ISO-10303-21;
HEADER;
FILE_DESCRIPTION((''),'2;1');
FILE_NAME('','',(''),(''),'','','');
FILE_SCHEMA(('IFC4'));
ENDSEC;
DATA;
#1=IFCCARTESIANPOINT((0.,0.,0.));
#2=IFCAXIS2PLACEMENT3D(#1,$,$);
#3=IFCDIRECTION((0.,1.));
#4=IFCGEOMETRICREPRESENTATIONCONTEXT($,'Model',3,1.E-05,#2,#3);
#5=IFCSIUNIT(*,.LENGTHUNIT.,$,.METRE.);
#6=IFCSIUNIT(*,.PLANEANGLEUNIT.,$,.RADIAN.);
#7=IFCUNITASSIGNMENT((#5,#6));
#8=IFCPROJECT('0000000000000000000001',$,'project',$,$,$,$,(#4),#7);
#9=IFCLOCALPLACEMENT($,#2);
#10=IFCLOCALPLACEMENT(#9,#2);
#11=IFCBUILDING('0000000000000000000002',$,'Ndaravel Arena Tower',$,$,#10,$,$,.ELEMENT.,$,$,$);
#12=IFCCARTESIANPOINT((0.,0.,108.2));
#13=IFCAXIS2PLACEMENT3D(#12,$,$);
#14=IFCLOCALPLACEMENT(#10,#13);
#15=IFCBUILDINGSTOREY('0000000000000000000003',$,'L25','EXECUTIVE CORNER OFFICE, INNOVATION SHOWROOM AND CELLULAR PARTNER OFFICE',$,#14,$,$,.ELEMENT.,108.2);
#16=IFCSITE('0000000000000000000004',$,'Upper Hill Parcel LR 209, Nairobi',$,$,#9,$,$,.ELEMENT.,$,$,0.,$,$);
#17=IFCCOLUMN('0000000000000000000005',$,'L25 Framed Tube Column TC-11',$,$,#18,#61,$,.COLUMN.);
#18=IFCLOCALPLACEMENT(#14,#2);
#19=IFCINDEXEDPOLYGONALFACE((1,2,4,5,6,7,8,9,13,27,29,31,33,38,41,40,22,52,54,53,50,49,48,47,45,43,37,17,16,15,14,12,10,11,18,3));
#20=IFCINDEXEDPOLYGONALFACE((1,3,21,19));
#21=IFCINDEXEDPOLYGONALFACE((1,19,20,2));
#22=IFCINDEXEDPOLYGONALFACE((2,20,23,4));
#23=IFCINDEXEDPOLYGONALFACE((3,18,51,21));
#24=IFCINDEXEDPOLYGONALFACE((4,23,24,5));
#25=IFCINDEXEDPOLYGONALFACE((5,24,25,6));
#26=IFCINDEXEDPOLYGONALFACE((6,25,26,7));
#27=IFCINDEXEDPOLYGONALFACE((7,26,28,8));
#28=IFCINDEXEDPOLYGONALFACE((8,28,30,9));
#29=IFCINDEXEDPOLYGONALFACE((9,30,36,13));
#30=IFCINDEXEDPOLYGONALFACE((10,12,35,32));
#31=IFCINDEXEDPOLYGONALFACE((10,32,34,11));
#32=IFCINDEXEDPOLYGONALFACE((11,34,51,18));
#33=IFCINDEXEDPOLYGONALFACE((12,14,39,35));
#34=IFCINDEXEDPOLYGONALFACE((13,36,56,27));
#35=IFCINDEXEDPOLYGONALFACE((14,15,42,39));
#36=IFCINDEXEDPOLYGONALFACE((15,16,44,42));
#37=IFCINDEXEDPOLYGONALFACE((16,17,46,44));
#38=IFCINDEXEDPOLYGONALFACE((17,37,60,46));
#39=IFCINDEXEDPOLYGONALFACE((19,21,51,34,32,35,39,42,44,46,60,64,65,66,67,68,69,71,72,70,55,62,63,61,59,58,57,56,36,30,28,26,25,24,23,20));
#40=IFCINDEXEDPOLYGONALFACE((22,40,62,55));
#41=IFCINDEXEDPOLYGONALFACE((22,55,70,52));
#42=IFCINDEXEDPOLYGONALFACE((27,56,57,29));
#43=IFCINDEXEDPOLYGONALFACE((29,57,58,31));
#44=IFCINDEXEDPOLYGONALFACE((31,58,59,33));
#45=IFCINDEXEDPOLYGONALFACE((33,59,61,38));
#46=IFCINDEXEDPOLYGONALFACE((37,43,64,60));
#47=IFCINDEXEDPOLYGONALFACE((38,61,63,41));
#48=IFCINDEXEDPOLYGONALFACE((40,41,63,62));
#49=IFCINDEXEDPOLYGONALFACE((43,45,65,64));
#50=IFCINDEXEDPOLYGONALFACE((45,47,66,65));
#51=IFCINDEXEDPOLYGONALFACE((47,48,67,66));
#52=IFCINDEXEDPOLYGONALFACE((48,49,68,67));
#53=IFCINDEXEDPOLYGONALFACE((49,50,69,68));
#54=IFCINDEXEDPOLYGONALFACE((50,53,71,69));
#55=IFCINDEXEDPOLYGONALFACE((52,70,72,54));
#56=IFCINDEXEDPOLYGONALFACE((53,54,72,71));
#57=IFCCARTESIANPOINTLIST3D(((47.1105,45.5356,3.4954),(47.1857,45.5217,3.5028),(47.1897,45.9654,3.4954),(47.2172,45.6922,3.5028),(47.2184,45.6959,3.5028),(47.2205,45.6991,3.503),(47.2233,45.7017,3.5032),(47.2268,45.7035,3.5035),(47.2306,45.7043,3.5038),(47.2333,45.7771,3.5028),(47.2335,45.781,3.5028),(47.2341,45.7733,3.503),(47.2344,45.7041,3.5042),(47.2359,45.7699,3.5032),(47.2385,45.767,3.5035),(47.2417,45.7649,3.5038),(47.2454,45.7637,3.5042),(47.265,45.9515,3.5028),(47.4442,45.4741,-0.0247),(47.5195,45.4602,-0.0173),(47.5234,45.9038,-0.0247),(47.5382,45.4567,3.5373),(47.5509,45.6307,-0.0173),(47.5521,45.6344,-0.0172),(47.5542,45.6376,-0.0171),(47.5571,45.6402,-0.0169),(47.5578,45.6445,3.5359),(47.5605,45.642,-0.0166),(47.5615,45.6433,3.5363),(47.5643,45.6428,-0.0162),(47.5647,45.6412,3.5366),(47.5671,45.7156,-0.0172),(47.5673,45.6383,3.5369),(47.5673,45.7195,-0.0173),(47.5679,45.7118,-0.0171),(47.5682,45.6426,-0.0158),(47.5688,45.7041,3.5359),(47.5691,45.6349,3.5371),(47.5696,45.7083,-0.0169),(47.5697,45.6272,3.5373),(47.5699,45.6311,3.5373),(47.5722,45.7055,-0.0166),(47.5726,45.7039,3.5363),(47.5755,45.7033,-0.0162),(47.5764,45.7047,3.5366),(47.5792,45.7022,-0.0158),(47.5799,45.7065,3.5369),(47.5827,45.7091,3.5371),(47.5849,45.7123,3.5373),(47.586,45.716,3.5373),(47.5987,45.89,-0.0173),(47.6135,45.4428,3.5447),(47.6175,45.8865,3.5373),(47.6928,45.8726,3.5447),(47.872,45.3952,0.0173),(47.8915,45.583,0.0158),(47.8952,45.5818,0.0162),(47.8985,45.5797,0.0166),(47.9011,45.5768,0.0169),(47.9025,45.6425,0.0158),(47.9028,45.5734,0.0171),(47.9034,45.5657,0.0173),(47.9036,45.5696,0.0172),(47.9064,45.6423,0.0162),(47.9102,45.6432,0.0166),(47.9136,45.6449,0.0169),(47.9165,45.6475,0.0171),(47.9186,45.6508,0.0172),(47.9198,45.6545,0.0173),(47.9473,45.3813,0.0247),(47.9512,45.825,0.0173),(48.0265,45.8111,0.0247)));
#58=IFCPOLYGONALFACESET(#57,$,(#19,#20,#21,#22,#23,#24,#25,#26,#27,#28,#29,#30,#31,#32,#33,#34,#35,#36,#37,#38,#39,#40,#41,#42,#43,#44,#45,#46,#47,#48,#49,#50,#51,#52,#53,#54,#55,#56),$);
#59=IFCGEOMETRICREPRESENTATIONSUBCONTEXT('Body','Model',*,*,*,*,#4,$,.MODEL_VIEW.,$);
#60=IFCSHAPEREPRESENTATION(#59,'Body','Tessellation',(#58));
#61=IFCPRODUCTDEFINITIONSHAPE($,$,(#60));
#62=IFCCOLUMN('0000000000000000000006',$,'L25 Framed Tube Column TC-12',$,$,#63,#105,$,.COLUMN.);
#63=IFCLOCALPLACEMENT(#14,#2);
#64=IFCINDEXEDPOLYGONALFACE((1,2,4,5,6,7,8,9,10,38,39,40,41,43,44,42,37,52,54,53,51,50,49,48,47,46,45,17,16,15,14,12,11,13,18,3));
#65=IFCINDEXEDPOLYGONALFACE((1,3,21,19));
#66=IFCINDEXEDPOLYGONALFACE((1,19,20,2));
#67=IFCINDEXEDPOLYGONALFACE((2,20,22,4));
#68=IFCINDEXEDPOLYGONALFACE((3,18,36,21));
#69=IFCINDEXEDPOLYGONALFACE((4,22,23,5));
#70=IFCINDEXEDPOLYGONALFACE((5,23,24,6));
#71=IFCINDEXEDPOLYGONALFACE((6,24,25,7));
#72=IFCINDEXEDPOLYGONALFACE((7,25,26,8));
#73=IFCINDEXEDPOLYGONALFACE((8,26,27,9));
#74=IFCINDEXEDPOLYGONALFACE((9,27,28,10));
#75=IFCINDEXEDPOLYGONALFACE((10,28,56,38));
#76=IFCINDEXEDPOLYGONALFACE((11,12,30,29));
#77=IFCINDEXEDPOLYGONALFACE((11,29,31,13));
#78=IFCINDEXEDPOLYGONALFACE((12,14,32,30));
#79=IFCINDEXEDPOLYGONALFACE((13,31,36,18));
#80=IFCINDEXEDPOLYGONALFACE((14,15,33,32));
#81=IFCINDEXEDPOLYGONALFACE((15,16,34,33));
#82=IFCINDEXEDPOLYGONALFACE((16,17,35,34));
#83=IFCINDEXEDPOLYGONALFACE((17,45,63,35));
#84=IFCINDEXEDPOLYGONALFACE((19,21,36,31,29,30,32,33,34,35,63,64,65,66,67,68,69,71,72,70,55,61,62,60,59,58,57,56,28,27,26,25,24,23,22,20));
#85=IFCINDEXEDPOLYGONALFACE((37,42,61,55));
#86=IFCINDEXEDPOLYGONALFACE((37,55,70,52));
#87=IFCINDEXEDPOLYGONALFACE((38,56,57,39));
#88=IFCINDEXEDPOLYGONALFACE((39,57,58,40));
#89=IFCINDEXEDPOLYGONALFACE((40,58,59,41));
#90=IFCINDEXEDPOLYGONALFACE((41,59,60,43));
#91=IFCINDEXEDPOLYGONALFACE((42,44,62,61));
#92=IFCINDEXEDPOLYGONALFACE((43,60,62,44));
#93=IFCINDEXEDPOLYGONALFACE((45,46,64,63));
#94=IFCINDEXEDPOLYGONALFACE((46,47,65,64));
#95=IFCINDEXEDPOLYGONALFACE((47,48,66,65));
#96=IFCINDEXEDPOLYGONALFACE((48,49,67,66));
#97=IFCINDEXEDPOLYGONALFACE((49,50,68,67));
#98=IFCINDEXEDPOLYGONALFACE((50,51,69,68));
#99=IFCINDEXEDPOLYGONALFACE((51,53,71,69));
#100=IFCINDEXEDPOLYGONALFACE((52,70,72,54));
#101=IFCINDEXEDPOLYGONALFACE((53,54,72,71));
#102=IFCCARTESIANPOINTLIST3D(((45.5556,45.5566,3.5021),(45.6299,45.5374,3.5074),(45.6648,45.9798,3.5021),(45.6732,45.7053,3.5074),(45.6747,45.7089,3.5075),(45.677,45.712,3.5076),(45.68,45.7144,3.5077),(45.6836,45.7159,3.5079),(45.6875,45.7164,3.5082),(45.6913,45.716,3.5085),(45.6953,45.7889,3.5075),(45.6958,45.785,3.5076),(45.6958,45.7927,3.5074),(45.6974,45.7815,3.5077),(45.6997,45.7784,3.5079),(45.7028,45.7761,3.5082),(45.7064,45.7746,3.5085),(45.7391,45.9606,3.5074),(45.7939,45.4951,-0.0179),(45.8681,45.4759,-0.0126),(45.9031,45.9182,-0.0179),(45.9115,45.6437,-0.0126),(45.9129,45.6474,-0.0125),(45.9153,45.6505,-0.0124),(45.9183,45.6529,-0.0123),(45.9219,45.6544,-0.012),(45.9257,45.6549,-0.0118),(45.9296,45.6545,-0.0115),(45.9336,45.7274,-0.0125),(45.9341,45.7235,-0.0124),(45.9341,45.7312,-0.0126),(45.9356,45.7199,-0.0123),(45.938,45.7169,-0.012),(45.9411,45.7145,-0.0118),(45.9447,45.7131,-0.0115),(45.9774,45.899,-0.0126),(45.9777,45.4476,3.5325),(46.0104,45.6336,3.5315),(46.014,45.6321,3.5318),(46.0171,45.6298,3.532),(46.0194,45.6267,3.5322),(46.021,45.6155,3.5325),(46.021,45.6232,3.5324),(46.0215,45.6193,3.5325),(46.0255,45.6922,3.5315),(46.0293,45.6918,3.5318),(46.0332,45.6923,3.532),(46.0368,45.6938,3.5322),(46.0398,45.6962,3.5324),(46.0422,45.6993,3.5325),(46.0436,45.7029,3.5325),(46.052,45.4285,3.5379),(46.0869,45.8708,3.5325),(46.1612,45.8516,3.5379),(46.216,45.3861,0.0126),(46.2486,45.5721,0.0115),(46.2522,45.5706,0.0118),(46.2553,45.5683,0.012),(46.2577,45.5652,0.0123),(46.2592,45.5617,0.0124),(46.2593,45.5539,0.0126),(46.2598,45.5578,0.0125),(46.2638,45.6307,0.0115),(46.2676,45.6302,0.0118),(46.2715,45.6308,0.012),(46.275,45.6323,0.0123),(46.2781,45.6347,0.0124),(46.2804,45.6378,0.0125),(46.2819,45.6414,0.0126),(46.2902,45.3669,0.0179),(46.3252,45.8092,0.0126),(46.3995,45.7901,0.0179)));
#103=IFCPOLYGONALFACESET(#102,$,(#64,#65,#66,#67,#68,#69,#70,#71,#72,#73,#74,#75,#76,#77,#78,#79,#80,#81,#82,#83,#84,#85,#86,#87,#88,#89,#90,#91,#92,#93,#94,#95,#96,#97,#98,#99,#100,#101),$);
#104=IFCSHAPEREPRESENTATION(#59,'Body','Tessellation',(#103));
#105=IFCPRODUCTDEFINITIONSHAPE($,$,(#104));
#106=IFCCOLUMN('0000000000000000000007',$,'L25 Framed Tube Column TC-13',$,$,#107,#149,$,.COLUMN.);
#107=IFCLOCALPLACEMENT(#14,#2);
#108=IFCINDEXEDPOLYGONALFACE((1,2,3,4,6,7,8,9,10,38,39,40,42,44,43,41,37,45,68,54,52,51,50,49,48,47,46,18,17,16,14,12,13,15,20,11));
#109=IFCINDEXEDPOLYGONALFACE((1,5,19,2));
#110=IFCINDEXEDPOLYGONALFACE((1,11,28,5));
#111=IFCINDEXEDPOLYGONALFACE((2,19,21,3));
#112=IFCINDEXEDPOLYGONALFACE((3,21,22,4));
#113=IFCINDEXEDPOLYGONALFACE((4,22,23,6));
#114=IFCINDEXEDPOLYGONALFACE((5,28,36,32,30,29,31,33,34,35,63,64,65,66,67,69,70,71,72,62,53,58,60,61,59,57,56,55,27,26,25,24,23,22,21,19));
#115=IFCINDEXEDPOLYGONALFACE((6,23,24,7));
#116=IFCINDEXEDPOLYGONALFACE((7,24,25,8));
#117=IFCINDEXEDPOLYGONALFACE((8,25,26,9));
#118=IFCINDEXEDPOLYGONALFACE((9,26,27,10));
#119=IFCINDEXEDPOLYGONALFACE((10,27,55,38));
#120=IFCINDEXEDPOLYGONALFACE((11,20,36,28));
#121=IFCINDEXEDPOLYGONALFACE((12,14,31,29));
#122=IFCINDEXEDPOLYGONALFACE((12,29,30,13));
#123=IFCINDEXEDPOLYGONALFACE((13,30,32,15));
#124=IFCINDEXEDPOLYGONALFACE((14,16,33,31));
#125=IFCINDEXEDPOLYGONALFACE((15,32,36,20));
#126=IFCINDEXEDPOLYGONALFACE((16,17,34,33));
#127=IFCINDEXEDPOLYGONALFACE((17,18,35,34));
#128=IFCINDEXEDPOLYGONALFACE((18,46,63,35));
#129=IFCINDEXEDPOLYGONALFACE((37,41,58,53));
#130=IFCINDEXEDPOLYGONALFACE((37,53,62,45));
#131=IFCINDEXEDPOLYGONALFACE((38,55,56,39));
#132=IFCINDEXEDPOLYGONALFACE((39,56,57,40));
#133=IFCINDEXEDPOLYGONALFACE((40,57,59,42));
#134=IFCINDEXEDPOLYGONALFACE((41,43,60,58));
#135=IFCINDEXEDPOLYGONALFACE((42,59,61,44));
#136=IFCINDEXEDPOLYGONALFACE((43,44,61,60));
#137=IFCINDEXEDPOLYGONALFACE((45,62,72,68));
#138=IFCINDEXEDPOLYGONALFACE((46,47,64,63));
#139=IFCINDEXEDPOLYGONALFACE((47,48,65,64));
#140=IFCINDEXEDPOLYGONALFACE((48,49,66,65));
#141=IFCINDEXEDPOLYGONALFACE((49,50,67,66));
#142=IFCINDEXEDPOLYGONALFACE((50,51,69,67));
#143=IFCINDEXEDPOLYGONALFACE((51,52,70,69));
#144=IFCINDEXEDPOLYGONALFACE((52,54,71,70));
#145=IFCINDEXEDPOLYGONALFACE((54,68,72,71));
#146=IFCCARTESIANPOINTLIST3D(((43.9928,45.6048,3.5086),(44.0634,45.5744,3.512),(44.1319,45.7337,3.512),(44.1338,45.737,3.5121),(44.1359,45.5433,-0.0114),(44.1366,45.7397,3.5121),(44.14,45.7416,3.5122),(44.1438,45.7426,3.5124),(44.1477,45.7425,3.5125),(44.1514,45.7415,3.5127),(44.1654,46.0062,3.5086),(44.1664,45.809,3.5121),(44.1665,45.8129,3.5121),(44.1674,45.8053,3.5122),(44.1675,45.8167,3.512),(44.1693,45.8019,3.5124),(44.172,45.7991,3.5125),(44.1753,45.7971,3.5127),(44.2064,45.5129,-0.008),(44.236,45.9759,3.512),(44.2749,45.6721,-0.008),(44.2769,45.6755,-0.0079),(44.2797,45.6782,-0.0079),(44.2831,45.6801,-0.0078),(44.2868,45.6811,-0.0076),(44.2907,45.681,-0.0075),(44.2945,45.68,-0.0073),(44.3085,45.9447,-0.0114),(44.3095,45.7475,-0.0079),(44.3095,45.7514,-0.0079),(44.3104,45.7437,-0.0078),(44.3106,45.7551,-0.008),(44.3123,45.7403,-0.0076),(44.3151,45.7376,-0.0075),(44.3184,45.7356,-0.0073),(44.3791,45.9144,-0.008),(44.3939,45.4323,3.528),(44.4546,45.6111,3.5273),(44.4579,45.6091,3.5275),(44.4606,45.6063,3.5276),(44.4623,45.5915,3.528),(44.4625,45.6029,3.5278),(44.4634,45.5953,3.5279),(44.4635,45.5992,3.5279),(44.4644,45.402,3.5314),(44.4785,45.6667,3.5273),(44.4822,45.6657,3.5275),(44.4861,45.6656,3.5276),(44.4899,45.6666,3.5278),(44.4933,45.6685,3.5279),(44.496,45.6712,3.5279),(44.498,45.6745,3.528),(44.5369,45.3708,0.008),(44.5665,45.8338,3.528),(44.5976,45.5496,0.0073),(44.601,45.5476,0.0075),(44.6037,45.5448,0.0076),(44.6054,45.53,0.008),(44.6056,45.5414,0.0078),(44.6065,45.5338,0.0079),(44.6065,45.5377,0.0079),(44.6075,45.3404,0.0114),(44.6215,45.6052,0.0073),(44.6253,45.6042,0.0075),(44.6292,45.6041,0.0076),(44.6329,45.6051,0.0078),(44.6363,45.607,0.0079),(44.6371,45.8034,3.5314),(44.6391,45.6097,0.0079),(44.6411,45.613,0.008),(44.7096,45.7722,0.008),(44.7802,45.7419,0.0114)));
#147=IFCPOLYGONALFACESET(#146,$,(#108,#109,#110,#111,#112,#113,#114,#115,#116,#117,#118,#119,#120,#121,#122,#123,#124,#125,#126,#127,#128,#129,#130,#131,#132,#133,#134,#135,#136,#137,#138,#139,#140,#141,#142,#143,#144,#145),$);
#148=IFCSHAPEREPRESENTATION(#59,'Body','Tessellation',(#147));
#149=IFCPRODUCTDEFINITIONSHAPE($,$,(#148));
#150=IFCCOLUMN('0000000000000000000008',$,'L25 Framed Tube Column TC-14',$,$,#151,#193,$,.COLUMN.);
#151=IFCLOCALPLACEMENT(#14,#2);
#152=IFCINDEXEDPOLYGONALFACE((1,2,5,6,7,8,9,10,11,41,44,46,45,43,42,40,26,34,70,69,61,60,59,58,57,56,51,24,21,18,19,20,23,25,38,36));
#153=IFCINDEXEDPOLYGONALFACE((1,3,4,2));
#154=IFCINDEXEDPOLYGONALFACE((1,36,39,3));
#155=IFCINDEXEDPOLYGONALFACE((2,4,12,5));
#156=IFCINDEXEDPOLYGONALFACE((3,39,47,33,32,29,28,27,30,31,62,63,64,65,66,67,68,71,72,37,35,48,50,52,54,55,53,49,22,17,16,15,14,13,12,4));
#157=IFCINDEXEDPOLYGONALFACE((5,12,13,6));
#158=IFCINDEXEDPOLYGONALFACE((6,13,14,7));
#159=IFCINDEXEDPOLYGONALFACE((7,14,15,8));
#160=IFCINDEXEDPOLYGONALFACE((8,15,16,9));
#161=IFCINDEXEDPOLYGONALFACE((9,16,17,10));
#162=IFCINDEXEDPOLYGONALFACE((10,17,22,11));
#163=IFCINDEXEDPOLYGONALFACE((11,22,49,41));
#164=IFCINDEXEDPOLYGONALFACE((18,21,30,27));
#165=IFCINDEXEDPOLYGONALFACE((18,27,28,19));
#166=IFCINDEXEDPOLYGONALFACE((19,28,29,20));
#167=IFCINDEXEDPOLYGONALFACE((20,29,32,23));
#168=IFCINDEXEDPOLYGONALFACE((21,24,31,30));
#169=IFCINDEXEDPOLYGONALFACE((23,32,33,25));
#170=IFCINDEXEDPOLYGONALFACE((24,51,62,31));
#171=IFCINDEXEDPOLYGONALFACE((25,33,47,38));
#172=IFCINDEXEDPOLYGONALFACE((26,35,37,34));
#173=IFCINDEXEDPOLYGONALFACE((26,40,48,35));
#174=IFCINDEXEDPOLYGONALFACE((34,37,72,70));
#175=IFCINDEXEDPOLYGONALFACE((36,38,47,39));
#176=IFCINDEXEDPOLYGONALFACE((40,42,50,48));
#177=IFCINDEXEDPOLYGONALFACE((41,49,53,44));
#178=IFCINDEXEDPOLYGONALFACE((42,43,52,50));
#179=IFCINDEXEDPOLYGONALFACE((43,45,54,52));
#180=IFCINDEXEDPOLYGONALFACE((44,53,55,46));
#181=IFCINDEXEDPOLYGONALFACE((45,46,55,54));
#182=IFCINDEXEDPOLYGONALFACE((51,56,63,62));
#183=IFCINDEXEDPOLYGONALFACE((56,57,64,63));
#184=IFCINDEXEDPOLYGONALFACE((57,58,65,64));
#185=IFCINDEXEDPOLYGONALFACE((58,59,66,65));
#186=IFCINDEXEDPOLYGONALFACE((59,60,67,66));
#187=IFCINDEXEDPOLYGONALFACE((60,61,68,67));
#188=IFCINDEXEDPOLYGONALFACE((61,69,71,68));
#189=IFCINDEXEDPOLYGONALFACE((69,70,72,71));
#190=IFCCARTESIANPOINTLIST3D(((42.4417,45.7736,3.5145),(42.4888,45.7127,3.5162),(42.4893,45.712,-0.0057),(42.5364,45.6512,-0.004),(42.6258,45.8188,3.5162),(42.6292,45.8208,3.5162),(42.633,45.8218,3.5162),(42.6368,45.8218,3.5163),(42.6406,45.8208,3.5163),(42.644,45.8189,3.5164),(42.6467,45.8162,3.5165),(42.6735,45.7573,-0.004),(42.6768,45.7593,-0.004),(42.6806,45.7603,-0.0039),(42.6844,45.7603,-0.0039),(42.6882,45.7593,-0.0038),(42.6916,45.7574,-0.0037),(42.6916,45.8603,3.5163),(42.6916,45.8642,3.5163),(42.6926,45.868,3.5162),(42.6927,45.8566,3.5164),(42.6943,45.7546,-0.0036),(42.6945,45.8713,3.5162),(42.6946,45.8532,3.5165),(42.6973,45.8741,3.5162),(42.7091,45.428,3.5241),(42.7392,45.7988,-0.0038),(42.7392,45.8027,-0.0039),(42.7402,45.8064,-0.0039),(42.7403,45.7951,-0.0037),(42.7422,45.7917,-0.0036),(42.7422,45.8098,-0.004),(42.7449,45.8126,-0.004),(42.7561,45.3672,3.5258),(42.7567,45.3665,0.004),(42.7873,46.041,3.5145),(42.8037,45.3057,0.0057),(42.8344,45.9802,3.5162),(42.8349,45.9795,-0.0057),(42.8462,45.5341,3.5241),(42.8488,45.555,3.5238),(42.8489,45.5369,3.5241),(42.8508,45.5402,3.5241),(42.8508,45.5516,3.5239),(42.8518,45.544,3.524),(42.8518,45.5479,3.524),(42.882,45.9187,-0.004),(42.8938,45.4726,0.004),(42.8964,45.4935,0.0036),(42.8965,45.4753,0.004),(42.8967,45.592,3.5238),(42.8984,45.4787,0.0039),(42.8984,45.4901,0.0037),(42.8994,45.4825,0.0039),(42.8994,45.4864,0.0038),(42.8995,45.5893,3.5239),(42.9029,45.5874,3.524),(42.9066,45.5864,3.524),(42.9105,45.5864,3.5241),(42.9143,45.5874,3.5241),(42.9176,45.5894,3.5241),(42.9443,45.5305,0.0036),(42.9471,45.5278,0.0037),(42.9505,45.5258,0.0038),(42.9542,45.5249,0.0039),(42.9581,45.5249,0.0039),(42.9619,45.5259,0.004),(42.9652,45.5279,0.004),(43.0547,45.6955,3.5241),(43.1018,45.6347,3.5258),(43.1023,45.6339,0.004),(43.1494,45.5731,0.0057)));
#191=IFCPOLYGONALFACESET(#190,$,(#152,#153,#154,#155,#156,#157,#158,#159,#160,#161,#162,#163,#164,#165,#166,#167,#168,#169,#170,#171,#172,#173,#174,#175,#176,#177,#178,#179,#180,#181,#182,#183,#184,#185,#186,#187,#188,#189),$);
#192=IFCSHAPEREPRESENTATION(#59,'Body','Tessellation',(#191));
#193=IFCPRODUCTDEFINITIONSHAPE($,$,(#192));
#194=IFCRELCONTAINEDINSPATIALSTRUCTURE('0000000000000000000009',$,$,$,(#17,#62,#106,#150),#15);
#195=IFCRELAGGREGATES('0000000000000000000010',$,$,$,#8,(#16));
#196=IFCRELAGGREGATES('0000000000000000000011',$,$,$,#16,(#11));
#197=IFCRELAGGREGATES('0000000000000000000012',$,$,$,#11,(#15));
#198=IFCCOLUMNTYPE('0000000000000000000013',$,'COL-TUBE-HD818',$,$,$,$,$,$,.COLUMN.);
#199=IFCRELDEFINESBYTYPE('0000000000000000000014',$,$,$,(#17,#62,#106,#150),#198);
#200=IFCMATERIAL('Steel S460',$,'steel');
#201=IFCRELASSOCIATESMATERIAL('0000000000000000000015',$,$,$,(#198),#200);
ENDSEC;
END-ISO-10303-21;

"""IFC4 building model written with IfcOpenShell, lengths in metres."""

from ifc_helpers import new_model, si_unit, direction, frame, origin, origin_2d, place, context, subcontext, project, spatial, i_section, extrude, material, material_profile, profile_set, type_object, element, save


model = new_model("IFC4")

# Units and contexts
model_context = context("Model", 3, precision=1e-05, world=origin(), true_north=direction((0.0, 1.0)))
body_context = subcontext(model_context, "Body", "Model", "MODEL_VIEW")
ifc_project = project(units=[si_unit("LENGTHUNIT", "METRE"), si_unit("PLANEANGLEUNIT", "RADIAN")], contexts=[model_context])

# Site, building, storey
site_placement = place(None, origin())
site = spatial("IfcSite", under=ifc_project, at=site_placement, Name="Upper Hill Parcel LR 209, Nairobi", CompositionType="ELEMENT", RefElevation=0.0)
building_placement = place(site_placement, origin())
building = spatial("IfcBuilding", under=site, at=building_placement, Name="Ndaravel Arena Tower", CompositionType="ELEMENT")
storey_placement = place(building_placement, frame((0.0, 0.0, 108.2)))
storey = spatial("IfcBuildingStorey", under=building, at=storey_placement, Name="L25", Description="EXECUTIVE CORNER OFFICE, INNOVATION SHOWROOM AND CELLULAR PARTNER OFFICE", CompositionType="ELEMENT", Elevation=108.2)

# Columns
ifc_material_1 = material(Name="Steel S460", Category="steel")
ifc_material_profile_1 = material_profile(ifc_material_1, i_section(OverallWidth=0.437, OverallDepth=0.5139, WebThickness=0.0605, FlangeThickness=0.0769, FilletRadius=0.0149, at=origin_2d()), Name="HD 400x818")
ifc_profile_set_1 = profile_set([ifc_material_profile_1], Name="Steel S460")
column_type = type_object("IfcColumnType", Name="COL-TUBE-HD818", PredefinedType="COLUMN", material=ifc_profile_set_1)
column_1_placement = place(storey_placement, frame((47.7354, 45.6426, 0.0), z_axis=(-0.094374, 0.017397, 0.995385), x_axis=(-0.181291, -0.98343, 0.0)))
element("IfcColumn", 1, at=column_1_placement, inside=storey, type_object=column_type, Name="L25 Framed Tube Column TC-11", PredefinedType="COLUMN", context=body_context, shape_type="SweptSolid", body=[
    extrude(i_section(OverallWidth=0.437, OverallDepth=0.5139, WebThickness=0.0605, FlangeThickness=0.0769, FilletRadius=0.0149, at=origin_2d()), origin(), (0.0, 0.0, 1.0), 3.5364),
])
column_2_placement = place(storey_placement, frame((46.0967, 45.6426, 0.0), z_axis=(-0.067528, 0.017436, 0.997565), x_axis=(-0.249998, -0.968246, 0.0)))
element("IfcColumn", 2, at=column_2_placement, inside=storey, type_object=column_type, Name="L25 Framed Tube Column TC-12", PredefinedType="COLUMN", context=body_context, shape_type="SweptSolid", body=[
    extrude(i_section(OverallWidth=0.437, OverallDepth=0.5139, WebThickness=0.0605, FlangeThickness=0.0769, FilletRadius=0.0149, at=origin_2d()), origin(), (0.0, 0.0, 1.0), 3.5286),
])
column_3_placement = place(storey_placement, frame((44.458, 45.6426, 0.0), z_axis=(-0.040604, 0.017461, 0.999023), x_axis=(-0.395054, -0.918658, 0.0)))
element("IfcColumn", 3, at=column_3_placement, inside=storey, type_object=column_type, Name="L25 Framed Tube Column TC-13", PredefinedType="COLUMN", context=body_context, shape_type="SweptSolid", body=[
    extrude(i_section(OverallWidth=0.437, OverallDepth=0.5139, WebThickness=0.0605, FlangeThickness=0.0769, FilletRadius=0.0149, at=origin_2d()), origin(), (0.0, 0.0, 1.0), 3.5234),
])
column_4_placement = place(storey_placement, frame((42.8193, 45.6426, 0.0), z_axis=(-0.013521, 0.017474, 0.999756), x_axis=(-0.790871, -0.611983, 0.0)))
element("IfcColumn", 4, at=column_4_placement, inside=storey, type_object=column_type, Name="L25 Framed Tube Column TC-14", PredefinedType="COLUMN", context=body_context, shape_type="SweptSolid", body=[
    extrude(i_section(OverallWidth=0.437, OverallDepth=0.5139, WebThickness=0.0605, FlangeThickness=0.0769, FilletRadius=0.0149, at=origin_2d()), origin(), (0.0, 0.0, 1.0), 3.521),
])

save(model, "model.ifc")
